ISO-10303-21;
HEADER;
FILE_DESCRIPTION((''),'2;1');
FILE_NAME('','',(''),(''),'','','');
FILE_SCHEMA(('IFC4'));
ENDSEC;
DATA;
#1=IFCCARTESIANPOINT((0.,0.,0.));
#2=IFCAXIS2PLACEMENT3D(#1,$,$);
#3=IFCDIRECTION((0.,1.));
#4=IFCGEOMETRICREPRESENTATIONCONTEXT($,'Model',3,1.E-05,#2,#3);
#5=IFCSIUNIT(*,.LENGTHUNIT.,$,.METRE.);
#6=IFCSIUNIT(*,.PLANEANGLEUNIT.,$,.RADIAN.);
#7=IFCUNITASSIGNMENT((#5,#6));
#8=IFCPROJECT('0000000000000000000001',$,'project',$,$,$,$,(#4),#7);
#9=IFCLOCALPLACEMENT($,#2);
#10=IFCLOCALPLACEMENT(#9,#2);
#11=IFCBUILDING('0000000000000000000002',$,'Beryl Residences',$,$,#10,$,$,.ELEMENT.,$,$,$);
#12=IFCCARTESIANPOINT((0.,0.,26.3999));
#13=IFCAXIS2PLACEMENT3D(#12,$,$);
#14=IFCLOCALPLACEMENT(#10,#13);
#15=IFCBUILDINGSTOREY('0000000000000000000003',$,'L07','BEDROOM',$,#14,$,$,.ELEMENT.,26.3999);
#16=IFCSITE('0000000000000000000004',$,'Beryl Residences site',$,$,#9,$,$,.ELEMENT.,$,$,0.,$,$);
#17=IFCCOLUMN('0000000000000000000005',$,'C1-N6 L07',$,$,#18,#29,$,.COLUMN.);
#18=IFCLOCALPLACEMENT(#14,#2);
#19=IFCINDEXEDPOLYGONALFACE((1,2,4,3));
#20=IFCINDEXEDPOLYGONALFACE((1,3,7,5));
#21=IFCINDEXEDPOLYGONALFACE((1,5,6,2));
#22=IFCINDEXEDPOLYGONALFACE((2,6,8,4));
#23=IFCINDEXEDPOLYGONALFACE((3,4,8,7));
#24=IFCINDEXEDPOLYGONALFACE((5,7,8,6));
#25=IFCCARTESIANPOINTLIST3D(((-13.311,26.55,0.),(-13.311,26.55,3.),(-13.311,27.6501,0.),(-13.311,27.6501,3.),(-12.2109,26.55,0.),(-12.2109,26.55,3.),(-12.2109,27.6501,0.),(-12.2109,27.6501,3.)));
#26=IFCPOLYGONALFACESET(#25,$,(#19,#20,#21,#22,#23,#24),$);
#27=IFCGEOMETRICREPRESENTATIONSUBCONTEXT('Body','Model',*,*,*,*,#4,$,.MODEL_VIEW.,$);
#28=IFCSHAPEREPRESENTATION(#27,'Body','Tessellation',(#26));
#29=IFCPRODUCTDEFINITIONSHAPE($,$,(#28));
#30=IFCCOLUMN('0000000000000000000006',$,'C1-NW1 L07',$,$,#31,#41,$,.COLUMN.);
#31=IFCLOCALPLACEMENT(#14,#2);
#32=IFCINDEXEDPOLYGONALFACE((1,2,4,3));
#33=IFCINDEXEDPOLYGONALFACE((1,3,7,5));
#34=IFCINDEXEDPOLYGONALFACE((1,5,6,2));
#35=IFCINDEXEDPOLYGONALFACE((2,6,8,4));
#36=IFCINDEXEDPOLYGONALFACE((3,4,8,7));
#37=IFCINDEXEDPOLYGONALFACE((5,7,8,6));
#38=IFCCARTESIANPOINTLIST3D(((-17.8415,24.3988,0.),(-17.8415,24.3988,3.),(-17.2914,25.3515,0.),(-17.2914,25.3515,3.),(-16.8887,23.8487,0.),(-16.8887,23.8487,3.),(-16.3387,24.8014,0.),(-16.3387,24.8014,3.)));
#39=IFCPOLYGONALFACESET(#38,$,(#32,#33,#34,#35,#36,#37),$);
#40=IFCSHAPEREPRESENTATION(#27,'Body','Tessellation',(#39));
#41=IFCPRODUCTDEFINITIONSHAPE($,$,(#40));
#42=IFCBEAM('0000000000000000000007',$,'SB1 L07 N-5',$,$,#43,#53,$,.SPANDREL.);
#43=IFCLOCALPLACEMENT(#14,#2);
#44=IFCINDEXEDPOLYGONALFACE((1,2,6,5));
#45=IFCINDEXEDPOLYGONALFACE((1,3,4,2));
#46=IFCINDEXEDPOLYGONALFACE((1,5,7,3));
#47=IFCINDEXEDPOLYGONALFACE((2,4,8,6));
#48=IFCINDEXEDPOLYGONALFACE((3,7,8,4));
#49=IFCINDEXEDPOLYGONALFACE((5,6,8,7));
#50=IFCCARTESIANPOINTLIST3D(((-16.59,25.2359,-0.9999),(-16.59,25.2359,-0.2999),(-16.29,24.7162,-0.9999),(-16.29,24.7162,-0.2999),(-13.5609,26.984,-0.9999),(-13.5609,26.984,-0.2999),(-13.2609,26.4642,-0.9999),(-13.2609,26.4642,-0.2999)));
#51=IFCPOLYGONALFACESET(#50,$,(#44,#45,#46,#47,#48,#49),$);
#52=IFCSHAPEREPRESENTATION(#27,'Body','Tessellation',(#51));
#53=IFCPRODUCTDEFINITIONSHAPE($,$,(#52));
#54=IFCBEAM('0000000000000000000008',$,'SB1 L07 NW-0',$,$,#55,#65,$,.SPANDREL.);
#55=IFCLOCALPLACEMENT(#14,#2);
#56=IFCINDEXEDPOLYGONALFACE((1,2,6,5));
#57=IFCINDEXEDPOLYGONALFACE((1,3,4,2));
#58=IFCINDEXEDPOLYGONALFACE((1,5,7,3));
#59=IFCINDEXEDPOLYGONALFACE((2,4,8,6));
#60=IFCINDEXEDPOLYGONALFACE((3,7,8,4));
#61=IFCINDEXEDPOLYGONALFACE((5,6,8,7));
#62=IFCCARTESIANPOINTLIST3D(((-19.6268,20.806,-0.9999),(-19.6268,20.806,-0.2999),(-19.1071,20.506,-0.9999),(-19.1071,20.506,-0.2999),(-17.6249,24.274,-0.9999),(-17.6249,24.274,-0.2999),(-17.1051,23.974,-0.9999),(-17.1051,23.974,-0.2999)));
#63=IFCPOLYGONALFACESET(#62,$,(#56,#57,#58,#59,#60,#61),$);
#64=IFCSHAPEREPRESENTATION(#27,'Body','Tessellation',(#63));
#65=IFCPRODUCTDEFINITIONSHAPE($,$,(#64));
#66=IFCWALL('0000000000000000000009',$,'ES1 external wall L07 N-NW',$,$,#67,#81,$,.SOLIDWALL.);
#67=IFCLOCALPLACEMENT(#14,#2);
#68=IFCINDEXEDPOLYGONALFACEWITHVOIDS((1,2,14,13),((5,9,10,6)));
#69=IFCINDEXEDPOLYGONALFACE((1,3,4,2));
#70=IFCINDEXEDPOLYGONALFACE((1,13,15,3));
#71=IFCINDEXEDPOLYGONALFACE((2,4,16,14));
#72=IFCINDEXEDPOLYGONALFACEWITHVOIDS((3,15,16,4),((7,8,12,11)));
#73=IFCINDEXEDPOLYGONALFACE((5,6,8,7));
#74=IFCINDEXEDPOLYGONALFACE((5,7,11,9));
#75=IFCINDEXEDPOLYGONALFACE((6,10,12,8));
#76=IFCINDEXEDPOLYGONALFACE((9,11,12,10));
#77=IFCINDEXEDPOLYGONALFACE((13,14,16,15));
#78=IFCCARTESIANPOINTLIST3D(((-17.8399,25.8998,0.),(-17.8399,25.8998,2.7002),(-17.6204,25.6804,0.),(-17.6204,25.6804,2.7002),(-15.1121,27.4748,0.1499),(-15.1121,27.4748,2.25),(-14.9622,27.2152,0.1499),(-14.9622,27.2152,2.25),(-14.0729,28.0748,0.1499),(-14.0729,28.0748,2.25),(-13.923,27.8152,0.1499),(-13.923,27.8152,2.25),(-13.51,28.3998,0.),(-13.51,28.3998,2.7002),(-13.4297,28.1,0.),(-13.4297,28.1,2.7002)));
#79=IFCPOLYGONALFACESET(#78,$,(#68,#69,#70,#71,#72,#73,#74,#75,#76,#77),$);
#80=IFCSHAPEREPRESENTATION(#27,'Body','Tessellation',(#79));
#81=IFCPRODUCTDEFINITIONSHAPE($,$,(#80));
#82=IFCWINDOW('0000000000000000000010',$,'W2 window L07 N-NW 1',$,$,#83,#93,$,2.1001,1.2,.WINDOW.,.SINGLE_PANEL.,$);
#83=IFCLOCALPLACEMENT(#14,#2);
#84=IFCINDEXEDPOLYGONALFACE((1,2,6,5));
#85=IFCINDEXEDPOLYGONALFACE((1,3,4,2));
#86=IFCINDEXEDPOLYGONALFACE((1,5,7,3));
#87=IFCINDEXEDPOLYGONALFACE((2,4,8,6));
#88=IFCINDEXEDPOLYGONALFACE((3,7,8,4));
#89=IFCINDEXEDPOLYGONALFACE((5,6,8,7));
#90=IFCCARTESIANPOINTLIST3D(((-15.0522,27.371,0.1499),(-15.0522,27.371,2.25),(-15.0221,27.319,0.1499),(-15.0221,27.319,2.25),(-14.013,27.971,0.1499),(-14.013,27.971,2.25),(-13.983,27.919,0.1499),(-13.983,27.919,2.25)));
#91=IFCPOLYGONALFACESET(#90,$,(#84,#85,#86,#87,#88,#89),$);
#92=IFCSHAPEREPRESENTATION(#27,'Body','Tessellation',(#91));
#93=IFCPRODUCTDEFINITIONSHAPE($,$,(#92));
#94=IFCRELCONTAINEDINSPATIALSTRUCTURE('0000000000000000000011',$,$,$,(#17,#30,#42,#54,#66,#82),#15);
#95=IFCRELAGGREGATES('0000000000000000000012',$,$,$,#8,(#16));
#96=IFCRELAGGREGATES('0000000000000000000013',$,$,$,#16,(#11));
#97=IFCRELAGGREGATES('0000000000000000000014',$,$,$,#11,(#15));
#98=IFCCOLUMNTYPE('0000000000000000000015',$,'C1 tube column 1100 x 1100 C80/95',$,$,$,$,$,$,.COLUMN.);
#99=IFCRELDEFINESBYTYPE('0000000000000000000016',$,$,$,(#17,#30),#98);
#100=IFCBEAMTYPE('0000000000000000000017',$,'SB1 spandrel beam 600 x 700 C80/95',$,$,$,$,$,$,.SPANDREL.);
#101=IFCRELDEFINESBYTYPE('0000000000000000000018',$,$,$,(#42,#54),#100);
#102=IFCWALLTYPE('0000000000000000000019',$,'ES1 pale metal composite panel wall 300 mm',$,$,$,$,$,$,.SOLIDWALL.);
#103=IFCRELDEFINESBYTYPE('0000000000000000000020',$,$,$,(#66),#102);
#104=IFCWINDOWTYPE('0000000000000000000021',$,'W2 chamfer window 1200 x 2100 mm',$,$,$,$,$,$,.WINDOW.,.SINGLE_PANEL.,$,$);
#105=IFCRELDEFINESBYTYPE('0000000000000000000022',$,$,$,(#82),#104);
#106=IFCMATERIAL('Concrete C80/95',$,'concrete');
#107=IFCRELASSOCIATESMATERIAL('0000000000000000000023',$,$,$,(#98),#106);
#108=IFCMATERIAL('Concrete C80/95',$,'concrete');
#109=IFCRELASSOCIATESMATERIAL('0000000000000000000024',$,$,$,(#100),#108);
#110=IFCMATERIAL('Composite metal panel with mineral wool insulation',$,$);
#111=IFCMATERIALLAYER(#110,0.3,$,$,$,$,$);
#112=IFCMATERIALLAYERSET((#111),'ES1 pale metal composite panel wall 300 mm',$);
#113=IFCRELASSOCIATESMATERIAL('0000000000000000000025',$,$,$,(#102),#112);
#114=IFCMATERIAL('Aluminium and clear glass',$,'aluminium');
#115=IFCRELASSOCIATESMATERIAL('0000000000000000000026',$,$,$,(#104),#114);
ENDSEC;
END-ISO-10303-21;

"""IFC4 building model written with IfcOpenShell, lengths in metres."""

from ifc_helpers import new_model, si_unit, direction, frame, frame_2d, origin, origin_2d, place, context, subcontext, project, spatial, polyline, rectangle, outline, extrude, material, layer, layer_set, material_profile, profile_set, type_object, element, fill, save


model = new_model("IFC4")

# Units and contexts
model_context = context("Model", 3, precision=1e-05, world=origin(), true_north=direction((0.0, 1.0)))
body_context = subcontext(model_context, "Body", "Model", "MODEL_VIEW")
ifc_project = project(units=[si_unit("LENGTHUNIT", "METRE"), si_unit("PLANEANGLEUNIT", "RADIAN")], contexts=[model_context])

# Site, building, storey
site_placement = place(None, origin())
site = spatial("IfcSite", under=ifc_project, at=site_placement, Name="Beryl Residences site", CompositionType="ELEMENT", RefElevation=0.0)
building_placement = place(site_placement, origin())
building = spatial("IfcBuilding", under=site, at=building_placement, Name="Beryl Residences", CompositionType="ELEMENT")
storey_placement = place(building_placement, frame((0.0, 0.0, 26.3999)))
storey = spatial("IfcBuildingStorey", under=building, at=storey_placement, Name="L07", Description="BEDROOM", CompositionType="ELEMENT", Elevation=26.3999)

# Columns
ifc_material_1 = material(Name="Concrete C80/95", Category="concrete")
ifc_material_profile_1 = material_profile(ifc_material_1, rectangle(XDim=1.1001, YDim=1.1001, at=origin_2d()))
ifc_profile_set_1 = profile_set([ifc_material_profile_1], Name="Concrete C80/95")
column_type = type_object("IfcColumnType", Name="C1 tube column 1100 x 1100 C80/95", PredefinedType="COLUMN", material=ifc_profile_set_1)
for number, where, z_axis, x_axis, name in (
    (1, (-12.761, 27.1001, 0.0), (0.0, 0.0, 1.0), (-1.0, 0.0, 0.0), "C1-N6 L07"),
    (2, (-17.0901, 24.6001, 0.0), (0.0, 0.0, 1.0), (-0.499985, -0.866034, 0.0), "C1-NW1 L07"),
):
    element("IfcColumn", number, at=place(storey_placement, frame(where, z_axis=z_axis, x_axis=x_axis)), inside=storey, type_object=column_type, Name=name, PredefinedType="COLUMN", context=body_context, shape_type="SweptSolid", body=[
        extrude(rectangle(XDim=1.1001, YDim=1.1001, at=origin_2d()), origin(), (0.0, 0.0, 1.0), 3.0),
    ])

# Beams
ifc_material_2 = material(Name="Concrete C80/95", Category="concrete")
ifc_material_profile_2 = material_profile(ifc_material_2, rectangle(XDim=0.6001, YDim=0.7, at=origin_2d()))
ifc_profile_set_2 = profile_set([ifc_material_profile_2], Name="Concrete C80/95")
beam_type = type_object("IfcBeamType", Name="SB1 spandrel beam 600 x 700 C80/95", PredefinedType="SPANDREL", material=ifc_profile_set_2)
beam_1_placement = place(storey_placement, frame((-13.4109, 26.7241, -0.6499), z_axis=(-0.866122, -0.499833, 0.0), x_axis=(0.499833, -0.866122, 0.0)))
element("IfcBeam", 3, at=beam_1_placement, inside=storey, type_object=beam_type, Name="SB1 L07 N-5", PredefinedType="SPANDREL", context=body_context, shape_type="SweptSolid", body=[
    extrude(rectangle(XDim=0.6001, YDim=0.7, at=origin_2d()), origin(), (0.0, 0.0, 1.0), 3.4973),
])
beam_2_placement = place(storey_placement, frame((-17.365, 24.124, -0.6499), z_axis=(-0.499942, -0.866059, 0.0), x_axis=(0.866059, -0.499942, 0.0)))
element("IfcBeam", 4, at=beam_2_placement, inside=storey, type_object=beam_type, Name="SB1 L07 NW-0", PredefinedType="SPANDREL", context=body_context, shape_type="SweptSolid", body=[
    extrude(rectangle(XDim=0.6001, YDim=0.7, at=origin_2d()), origin(), (0.0, 0.0, 1.0), 4.0044),
])

# Wall, opening, window
ifc_material_3 = material(Name="Composite metal panel with mineral wool insulation")
ifc_layer_1 = layer(ifc_material_3, 0.3)
ifc_layer_set_1 = layer_set([ifc_layer_1], Name="ES1 pale metal composite panel wall 300 mm")
wall_type_1 = type_object("IfcWallType", Name="ES1 pale metal composite panel wall 300 mm", PredefinedType="SOLIDWALL", material=ifc_layer_set_1)
wall_1_placement = place(storey_placement, frame((-13.4351, 28.27, 0.0), z_axis=(0.0, 0.0, 1.0), x_axis=(-0.866011, -0.500025, 0.0)))
wall_1 = element("IfcWall", 5, at=wall_1_placement, inside=storey, type_object=wall_type_1, Name="ES1 external wall L07 N-NW", PredefinedType="SOLIDWALL", context=body_context, shape_type="SweptSolid", body=[
    extrude(outline(polyline([(0.0, -0.1499), (4.9998, -0.1499), (4.9194, 0.1499), (0.0803, 0.1499), (0.0, -0.1499)])), origin(), (0.0, 0.0, 1.0), 2.7002),
])
opening_1_placement = place(wall_1_placement, frame((0.6499, 0.0, 0.1499)))
opening_1 = element("IfcOpeningElement", 6, at=opening_1_placement, cuts=wall_1, PredefinedType="OPENING", context=body_context, shape_type="SweptSolid", body=[
    extrude(rectangle(XDim=1.2, YDim=2.1001, at=frame_2d((0.6001, 1.05))), frame((0.0, 0.1599, 0.0), z_axis=(0.0, -1.0, 0.0), x_axis=(1.0, 0.0, 0.0)), (0.0, 0.0, 1.0), 0.3201),
])
ifc_material_4 = material(Name="Aluminium and clear glass", Category="aluminium")
window_type_1 = type_object("IfcWindowType", Name="W2 chamfer window 1200 x 2100 mm", PartitioningType="SINGLE_PANEL", PredefinedType="WINDOW", material=ifc_material_4)
window_1_placement = place(opening_1_placement, origin())
window_1 = element("IfcWindow", 7, at=window_1_placement, inside=storey, type_object=window_type_1, Name="W2 window L07 N-NW 1", OverallHeight=2.1001, OverallWidth=1.2, PartitioningType="SINGLE_PANEL", PredefinedType="WINDOW", context=body_context, shape_type="SweptSolid", body=[
    extrude(rectangle(XDim=1.2, YDim=2.1001, at=frame_2d((0.6001, 1.05))), frame((0.0, 0.03, 0.0), z_axis=(0.0, -1.0, 0.0), x_axis=(1.0, 0.0, 0.0)), (0.0, 0.0, 1.0), 0.0601),
])
fill(opening_1, window_1)

save(model, "model.ifc")
